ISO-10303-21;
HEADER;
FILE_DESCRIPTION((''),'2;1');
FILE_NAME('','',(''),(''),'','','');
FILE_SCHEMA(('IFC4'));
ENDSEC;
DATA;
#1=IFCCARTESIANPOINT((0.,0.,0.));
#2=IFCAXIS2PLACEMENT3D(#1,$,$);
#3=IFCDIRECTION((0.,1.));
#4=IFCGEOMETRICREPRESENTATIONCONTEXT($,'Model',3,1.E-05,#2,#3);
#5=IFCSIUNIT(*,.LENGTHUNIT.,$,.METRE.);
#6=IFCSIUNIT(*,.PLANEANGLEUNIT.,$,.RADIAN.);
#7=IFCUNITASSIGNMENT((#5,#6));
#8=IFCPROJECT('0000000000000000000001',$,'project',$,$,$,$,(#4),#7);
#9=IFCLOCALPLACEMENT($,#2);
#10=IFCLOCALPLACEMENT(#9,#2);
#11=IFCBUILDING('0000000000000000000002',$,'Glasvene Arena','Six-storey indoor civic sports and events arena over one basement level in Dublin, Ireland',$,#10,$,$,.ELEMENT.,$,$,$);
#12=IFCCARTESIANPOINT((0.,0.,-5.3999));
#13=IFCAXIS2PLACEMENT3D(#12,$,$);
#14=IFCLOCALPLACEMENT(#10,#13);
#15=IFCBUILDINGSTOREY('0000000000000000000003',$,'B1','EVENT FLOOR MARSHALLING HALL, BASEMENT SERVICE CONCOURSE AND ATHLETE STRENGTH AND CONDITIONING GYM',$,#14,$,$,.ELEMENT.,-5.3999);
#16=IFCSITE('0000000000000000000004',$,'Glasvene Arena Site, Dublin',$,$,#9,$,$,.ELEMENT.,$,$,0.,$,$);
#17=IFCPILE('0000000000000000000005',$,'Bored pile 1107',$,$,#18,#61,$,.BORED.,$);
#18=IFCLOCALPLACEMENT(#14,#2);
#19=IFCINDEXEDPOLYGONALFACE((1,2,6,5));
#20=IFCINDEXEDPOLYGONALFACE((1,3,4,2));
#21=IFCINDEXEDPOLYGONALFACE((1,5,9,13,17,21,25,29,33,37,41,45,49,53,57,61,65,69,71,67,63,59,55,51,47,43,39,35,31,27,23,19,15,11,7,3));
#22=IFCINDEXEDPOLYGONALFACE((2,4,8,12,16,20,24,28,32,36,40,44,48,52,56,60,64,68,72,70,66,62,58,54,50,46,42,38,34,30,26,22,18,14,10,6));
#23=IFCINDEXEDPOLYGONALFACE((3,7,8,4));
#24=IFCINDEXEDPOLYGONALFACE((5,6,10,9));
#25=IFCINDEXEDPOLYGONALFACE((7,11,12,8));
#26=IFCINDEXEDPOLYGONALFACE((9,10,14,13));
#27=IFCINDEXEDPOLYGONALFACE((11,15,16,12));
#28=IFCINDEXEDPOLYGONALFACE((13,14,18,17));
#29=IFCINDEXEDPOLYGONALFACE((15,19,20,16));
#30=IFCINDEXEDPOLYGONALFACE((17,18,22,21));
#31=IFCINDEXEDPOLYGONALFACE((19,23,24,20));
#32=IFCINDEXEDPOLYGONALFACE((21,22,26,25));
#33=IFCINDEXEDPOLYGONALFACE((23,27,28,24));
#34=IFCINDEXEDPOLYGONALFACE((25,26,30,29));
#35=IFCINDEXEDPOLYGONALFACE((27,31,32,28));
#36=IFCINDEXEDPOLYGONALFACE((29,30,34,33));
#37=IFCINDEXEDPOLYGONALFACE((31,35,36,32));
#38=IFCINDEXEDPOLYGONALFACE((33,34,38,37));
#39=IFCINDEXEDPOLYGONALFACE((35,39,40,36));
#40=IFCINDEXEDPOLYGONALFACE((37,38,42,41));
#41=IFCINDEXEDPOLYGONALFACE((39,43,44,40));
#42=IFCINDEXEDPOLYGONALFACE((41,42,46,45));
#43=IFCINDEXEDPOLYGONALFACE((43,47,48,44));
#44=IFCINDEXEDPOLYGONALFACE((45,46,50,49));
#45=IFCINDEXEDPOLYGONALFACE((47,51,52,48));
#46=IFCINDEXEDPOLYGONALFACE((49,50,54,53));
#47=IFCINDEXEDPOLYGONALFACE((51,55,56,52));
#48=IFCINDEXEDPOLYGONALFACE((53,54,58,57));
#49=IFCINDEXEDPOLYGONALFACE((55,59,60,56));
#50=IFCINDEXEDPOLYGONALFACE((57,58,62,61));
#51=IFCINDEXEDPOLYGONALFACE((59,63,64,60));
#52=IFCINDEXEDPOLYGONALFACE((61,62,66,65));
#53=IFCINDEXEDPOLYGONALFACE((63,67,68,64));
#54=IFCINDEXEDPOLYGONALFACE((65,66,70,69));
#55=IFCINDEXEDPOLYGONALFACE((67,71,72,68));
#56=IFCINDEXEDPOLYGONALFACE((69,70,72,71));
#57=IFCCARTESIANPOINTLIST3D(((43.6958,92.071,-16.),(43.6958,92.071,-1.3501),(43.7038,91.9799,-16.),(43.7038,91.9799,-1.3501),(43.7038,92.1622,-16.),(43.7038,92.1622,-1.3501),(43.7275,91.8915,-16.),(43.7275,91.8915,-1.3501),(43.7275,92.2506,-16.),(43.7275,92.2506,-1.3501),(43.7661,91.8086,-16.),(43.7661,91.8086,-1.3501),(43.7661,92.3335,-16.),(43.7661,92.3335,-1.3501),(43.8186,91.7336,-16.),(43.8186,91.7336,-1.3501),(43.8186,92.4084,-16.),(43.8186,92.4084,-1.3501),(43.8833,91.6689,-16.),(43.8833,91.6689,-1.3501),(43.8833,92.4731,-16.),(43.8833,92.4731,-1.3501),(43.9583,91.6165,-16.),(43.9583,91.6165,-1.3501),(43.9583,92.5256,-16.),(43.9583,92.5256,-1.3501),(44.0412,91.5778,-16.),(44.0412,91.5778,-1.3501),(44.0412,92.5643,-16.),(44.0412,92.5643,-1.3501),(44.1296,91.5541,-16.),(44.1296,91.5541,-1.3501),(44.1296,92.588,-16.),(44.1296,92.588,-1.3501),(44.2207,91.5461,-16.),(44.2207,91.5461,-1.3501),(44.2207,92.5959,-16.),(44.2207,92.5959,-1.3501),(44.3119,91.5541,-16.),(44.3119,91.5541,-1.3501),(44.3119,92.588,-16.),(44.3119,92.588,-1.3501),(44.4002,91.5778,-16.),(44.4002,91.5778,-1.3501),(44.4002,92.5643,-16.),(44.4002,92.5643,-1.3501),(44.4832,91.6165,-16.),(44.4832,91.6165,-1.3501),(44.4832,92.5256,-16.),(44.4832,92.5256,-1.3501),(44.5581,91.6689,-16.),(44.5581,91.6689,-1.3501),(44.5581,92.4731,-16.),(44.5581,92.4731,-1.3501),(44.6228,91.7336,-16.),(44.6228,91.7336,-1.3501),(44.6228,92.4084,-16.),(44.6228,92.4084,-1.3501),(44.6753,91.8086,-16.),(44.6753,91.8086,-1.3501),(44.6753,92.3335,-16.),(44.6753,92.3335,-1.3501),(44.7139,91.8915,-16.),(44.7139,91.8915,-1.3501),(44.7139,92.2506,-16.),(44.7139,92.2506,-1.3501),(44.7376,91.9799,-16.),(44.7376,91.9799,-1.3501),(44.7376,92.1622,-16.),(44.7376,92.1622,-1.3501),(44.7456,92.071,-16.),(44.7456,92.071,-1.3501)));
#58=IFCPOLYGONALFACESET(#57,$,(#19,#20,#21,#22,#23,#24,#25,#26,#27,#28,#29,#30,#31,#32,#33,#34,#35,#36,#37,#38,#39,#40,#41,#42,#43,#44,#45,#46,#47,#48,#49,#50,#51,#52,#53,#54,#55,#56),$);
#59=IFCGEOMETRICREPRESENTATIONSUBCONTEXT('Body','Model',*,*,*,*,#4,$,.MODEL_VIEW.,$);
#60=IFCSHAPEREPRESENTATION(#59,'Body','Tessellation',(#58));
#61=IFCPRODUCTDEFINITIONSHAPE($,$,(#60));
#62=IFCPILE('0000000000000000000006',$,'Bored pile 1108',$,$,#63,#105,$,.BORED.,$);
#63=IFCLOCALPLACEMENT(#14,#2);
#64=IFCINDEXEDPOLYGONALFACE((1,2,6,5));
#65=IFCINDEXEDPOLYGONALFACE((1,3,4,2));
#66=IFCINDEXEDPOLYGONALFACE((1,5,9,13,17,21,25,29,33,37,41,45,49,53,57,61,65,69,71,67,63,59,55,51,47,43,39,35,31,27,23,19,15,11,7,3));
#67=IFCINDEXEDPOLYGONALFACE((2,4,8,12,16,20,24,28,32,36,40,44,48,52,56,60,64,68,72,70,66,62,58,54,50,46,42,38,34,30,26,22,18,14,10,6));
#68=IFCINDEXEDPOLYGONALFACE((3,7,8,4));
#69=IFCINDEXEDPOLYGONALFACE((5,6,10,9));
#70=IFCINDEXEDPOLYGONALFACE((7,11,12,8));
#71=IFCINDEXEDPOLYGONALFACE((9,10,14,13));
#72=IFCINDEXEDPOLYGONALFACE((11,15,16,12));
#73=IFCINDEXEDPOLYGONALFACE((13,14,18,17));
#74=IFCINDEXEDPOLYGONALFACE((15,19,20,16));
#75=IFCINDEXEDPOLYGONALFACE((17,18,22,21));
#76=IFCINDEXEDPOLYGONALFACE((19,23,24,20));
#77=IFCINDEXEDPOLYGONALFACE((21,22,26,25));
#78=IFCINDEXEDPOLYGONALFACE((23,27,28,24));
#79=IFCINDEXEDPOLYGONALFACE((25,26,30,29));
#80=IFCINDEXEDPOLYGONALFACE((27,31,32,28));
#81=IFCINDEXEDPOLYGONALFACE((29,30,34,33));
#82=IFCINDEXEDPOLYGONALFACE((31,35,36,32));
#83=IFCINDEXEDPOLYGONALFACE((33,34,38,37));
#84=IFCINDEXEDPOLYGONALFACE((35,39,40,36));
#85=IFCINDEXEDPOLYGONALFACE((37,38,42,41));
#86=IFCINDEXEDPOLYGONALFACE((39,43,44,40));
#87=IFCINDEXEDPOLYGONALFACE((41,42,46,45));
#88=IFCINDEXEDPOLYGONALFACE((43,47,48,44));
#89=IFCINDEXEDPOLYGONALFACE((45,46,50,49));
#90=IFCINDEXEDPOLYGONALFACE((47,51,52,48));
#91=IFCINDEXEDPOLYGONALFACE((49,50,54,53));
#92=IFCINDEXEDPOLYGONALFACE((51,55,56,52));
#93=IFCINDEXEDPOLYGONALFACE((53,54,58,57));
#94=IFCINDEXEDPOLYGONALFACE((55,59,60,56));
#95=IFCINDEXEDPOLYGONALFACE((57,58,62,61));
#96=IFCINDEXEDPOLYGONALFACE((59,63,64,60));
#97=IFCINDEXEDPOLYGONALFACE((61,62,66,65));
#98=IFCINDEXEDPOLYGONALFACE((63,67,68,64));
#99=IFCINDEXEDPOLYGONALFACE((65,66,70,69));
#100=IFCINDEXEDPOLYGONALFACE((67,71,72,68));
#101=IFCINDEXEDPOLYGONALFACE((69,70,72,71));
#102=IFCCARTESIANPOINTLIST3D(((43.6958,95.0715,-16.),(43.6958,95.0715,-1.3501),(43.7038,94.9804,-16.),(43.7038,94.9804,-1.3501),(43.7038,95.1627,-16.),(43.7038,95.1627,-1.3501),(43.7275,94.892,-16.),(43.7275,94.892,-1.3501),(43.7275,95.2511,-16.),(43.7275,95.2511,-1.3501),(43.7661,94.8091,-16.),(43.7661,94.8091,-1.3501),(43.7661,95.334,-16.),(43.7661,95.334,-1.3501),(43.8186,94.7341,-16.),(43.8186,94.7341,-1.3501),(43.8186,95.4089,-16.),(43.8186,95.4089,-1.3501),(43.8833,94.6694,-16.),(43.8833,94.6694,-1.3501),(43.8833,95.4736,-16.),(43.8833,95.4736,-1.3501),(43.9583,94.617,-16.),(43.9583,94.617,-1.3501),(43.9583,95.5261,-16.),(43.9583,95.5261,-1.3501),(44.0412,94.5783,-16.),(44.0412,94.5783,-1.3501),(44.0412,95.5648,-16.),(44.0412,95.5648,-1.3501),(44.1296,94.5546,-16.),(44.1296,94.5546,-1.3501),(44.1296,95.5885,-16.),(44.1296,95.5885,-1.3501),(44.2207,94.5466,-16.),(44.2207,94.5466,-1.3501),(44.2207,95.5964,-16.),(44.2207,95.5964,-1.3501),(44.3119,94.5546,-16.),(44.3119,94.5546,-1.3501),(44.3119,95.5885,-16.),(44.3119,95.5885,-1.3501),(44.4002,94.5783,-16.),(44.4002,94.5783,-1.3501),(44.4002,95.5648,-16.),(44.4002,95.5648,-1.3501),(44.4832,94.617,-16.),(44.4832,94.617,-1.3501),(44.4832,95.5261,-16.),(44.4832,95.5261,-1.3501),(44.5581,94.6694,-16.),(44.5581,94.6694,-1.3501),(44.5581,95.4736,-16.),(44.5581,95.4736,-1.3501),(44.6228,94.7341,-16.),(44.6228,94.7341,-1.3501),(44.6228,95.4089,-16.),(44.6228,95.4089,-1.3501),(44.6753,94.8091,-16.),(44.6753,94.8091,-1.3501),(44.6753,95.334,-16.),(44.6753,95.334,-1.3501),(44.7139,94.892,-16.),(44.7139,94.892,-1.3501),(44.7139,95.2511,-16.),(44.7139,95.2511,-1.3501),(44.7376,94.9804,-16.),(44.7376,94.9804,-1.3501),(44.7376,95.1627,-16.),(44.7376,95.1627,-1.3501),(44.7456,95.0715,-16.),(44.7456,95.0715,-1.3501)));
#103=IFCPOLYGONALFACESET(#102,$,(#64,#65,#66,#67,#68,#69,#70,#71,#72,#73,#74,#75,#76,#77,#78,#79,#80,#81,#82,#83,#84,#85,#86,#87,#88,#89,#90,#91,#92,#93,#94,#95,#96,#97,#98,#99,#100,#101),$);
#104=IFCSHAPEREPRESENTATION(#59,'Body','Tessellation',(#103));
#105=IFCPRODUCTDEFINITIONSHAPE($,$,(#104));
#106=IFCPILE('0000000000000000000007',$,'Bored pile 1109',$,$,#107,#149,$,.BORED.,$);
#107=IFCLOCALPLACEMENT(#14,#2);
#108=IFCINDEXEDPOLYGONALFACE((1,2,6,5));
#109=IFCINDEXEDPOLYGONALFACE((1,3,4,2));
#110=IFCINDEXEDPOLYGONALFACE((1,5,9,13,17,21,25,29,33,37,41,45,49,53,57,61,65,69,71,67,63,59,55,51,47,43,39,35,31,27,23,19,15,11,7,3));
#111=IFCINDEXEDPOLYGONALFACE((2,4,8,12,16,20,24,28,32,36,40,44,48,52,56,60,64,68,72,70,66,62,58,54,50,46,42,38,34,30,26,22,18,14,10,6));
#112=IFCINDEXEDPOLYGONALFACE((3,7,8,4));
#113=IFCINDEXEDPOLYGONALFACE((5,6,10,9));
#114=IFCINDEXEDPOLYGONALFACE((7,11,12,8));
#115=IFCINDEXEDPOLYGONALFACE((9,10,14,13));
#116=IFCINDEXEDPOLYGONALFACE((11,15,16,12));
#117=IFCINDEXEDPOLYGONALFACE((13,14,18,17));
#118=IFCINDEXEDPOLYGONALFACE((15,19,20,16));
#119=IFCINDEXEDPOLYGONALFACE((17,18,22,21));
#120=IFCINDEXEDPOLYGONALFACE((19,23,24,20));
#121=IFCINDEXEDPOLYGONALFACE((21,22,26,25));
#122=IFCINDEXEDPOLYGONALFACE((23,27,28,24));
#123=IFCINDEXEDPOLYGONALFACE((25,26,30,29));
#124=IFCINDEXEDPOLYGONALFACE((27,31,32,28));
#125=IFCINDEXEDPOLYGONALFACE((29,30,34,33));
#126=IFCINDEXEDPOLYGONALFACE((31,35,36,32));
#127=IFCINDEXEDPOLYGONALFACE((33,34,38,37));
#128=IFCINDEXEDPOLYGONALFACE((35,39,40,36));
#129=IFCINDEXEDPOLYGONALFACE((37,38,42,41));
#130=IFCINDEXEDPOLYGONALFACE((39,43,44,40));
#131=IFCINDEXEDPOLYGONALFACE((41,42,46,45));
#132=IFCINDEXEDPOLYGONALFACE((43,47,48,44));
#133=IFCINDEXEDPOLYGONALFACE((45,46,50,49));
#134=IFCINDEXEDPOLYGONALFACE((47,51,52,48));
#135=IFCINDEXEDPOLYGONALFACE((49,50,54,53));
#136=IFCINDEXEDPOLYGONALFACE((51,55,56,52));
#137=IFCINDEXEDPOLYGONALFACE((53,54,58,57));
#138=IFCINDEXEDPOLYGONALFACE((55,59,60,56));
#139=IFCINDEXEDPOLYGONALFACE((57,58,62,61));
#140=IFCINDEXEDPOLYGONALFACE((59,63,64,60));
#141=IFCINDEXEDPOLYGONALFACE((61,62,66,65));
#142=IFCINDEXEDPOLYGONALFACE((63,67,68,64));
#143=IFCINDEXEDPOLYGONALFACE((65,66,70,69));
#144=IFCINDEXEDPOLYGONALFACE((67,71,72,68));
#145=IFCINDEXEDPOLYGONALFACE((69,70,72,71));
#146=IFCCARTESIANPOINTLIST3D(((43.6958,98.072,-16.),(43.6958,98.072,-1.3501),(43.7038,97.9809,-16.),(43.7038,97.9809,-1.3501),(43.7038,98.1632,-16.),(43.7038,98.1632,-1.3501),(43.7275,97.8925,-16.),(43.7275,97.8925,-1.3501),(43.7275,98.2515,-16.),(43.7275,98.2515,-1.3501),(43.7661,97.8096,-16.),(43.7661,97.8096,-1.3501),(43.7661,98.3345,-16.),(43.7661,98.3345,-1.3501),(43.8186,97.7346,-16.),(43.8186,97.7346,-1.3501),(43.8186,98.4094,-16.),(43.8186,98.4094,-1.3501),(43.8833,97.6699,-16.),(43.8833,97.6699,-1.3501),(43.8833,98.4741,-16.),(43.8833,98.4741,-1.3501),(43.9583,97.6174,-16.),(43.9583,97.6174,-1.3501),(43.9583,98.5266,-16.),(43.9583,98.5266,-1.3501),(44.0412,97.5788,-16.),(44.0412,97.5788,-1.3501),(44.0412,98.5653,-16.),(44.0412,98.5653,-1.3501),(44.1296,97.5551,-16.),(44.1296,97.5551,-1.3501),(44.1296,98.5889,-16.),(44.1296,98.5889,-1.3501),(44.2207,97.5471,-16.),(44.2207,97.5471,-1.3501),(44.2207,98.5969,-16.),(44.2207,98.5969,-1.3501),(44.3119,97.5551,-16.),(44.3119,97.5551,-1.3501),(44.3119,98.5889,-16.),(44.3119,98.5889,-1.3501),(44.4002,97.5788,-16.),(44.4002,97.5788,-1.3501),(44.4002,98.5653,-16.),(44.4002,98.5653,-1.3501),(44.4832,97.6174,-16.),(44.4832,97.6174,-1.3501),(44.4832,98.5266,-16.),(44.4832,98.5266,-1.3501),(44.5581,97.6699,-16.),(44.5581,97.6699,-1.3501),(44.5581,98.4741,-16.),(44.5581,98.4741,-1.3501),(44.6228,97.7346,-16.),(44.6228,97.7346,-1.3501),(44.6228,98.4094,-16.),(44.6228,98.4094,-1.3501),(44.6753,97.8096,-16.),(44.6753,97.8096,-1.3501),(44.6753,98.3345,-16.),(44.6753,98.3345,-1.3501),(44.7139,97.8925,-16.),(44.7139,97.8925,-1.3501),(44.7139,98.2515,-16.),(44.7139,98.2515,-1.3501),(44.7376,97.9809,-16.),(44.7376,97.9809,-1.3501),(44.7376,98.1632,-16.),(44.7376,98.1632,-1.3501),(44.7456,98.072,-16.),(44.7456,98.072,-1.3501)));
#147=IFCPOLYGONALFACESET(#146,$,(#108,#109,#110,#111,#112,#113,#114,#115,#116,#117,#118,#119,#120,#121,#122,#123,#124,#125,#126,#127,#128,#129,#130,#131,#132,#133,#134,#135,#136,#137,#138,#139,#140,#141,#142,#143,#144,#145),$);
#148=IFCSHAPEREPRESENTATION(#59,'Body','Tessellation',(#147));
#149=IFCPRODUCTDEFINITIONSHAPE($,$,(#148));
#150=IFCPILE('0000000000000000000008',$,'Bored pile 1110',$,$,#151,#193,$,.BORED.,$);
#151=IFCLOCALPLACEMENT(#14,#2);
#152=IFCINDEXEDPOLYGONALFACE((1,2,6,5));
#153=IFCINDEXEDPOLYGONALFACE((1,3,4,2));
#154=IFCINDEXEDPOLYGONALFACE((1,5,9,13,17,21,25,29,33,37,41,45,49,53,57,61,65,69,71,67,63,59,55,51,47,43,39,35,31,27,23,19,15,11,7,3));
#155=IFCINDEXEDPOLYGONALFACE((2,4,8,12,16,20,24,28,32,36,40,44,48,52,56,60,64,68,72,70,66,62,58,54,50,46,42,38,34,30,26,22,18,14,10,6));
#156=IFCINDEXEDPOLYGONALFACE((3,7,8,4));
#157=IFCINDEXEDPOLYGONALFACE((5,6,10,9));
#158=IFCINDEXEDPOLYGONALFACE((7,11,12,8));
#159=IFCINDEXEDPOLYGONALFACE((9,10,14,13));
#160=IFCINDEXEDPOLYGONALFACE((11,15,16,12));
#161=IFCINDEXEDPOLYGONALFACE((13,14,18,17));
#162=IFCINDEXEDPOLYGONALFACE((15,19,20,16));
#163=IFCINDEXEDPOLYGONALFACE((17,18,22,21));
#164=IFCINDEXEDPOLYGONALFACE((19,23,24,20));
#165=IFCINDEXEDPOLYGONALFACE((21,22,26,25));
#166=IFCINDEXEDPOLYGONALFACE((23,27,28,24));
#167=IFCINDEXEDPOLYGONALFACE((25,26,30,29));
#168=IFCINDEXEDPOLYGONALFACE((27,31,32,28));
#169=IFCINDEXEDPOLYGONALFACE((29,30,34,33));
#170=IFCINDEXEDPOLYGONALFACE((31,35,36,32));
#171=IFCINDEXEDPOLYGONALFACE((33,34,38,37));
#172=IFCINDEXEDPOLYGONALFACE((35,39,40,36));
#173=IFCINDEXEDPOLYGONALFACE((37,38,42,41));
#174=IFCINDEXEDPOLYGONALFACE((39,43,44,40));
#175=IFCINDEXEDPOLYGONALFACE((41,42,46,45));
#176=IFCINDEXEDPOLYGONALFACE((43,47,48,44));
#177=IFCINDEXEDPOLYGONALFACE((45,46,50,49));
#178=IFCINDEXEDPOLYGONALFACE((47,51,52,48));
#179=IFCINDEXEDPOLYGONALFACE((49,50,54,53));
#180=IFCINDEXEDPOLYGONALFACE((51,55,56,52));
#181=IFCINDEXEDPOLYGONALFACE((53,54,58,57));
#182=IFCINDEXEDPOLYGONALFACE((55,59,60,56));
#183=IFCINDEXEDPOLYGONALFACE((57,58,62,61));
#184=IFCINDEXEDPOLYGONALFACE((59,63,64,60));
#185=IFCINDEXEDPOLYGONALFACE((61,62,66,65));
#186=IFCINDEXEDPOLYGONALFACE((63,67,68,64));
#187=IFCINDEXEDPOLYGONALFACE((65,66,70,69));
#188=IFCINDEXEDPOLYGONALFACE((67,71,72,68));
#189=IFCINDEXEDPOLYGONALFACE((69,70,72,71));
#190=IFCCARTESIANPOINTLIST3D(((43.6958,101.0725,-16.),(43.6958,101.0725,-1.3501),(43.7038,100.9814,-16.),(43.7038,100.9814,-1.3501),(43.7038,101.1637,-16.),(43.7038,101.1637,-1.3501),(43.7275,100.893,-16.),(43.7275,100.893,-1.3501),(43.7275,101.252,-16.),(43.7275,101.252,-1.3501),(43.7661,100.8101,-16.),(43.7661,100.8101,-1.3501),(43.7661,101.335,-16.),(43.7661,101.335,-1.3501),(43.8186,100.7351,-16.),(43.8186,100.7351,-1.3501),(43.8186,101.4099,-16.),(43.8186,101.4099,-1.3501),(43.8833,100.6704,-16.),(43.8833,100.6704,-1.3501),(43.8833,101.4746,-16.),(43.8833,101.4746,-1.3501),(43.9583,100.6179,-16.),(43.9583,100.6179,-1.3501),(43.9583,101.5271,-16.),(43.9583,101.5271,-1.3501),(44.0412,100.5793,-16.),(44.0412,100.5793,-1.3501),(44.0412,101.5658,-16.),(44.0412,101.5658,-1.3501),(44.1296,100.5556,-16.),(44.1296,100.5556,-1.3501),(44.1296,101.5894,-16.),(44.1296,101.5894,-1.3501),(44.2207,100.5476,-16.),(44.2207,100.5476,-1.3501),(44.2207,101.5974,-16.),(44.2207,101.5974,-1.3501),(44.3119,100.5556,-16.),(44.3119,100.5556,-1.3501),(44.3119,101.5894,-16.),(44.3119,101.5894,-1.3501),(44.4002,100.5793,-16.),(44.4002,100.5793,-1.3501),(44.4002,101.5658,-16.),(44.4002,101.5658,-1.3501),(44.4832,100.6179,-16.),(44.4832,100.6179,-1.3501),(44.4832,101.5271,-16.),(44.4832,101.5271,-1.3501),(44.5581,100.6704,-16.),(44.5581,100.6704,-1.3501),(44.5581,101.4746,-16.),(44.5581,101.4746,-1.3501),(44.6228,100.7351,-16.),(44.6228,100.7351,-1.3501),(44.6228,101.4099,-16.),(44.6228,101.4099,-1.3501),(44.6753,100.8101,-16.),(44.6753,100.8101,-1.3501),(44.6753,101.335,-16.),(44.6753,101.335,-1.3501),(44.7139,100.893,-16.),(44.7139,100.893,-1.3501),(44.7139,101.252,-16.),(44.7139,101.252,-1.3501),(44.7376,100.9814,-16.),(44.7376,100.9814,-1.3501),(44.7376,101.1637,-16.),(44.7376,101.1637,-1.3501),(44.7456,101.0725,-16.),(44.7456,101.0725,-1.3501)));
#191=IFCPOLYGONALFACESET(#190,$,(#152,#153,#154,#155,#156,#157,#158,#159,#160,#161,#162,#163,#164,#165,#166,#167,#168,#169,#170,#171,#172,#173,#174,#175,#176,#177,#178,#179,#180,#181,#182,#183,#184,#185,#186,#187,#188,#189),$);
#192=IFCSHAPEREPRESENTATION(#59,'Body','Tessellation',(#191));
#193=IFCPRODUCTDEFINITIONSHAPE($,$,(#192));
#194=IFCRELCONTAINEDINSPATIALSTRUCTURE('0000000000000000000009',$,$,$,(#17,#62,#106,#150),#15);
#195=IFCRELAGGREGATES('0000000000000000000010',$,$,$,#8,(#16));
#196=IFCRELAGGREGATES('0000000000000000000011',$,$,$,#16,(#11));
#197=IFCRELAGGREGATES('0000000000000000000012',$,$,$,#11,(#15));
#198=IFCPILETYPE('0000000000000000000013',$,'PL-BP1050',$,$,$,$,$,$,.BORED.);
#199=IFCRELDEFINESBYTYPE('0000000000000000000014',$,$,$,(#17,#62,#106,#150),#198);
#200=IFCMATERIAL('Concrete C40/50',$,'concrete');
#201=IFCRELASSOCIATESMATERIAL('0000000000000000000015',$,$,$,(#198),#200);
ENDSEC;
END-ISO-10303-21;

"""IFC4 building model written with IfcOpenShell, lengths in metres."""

from ifc_helpers import new_model, si_unit, direction, frame, origin, origin_2d, place, context, subcontext, project, spatial, circle, extrude, material, material_profile, profile_set, type_object, element, save


model = new_model("IFC4")

# Units and contexts
model_context = context("Model", 3, precision=1e-05, world=origin(), true_north=direction((0.0, 1.0)))
body_context = subcontext(model_context, "Body", "Model", "MODEL_VIEW")
ifc_project = project(units=[si_unit("LENGTHUNIT", "METRE"), si_unit("PLANEANGLEUNIT", "RADIAN")], contexts=[model_context])

# Site, building, storey
site_placement = place(None, origin())
site = spatial("IfcSite", under=ifc_project, at=site_placement, Name="Glasvene Arena Site, Dublin", CompositionType="ELEMENT", RefElevation=0.0)
building_placement = place(site_placement, origin())
building = spatial("IfcBuilding", under=site, at=building_placement, Name="Glasvene Arena", Description="Six-storey indoor civic sports and events arena over one basement level in Dublin, Ireland", CompositionType="ELEMENT")
storey_placement = place(building_placement, frame((0.0, 0.0, -5.3999)))
storey = spatial("IfcBuildingStorey", under=building, at=storey_placement, Name="B1", Description="EVENT FLOOR MARSHALLING HALL, BASEMENT SERVICE CONCOURSE AND ATHLETE STRENGTH AND CONDITIONING GYM", CompositionType="ELEMENT", Elevation=-5.3999)

# Piles
ifc_material_1 = material(Name="Concrete C40/50", Category="concrete")
ifc_material_profile_1 = material_profile(ifc_material_1, circle(Radius=0.5249, at=origin_2d()), Name="BORED PILE 1050")
ifc_profile_set_1 = profile_set([ifc_material_profile_1], Name="Concrete C40/50")
pile_type = type_object("IfcPileType", Name="PL-BP1050", PredefinedType="BORED", material=ifc_profile_set_1)
for number, where, z_axis, x_axis, name in (
    (1, (44.2207, 92.071, -1.3501), (0.0, 0.0, -1.0), (1.0, 0.0, 0.0), "Bored pile 1107"),
    (2, (44.2207, 95.0715, -1.3501), (0.0, 0.0, -1.0), (1.0, 0.0, 0.0), "Bored pile 1108"),
    (3, (44.2207, 98.072, -1.3501), (0.0, 0.0, -1.0), (1.0, 0.0, 0.0), "Bored pile 1109"),
    (4, (44.2207, 101.0725, -1.3501), (0.0, 0.0, -1.0), (1.0, 0.0, 0.0), "Bored pile 1110"),
):
    element("IfcPile", number, at=place(storey_placement, frame(where, z_axis=z_axis, x_axis=x_axis)), inside=storey, type_object=pile_type, Name=name, PredefinedType="BORED", context=body_context, shape_type="SweptSolid", body=[
        extrude(circle(Radius=0.5249, at=origin_2d()), origin(), (0.0, 0.0, 1.0), 14.6499),
    ])

save(model, "model.ifc")
